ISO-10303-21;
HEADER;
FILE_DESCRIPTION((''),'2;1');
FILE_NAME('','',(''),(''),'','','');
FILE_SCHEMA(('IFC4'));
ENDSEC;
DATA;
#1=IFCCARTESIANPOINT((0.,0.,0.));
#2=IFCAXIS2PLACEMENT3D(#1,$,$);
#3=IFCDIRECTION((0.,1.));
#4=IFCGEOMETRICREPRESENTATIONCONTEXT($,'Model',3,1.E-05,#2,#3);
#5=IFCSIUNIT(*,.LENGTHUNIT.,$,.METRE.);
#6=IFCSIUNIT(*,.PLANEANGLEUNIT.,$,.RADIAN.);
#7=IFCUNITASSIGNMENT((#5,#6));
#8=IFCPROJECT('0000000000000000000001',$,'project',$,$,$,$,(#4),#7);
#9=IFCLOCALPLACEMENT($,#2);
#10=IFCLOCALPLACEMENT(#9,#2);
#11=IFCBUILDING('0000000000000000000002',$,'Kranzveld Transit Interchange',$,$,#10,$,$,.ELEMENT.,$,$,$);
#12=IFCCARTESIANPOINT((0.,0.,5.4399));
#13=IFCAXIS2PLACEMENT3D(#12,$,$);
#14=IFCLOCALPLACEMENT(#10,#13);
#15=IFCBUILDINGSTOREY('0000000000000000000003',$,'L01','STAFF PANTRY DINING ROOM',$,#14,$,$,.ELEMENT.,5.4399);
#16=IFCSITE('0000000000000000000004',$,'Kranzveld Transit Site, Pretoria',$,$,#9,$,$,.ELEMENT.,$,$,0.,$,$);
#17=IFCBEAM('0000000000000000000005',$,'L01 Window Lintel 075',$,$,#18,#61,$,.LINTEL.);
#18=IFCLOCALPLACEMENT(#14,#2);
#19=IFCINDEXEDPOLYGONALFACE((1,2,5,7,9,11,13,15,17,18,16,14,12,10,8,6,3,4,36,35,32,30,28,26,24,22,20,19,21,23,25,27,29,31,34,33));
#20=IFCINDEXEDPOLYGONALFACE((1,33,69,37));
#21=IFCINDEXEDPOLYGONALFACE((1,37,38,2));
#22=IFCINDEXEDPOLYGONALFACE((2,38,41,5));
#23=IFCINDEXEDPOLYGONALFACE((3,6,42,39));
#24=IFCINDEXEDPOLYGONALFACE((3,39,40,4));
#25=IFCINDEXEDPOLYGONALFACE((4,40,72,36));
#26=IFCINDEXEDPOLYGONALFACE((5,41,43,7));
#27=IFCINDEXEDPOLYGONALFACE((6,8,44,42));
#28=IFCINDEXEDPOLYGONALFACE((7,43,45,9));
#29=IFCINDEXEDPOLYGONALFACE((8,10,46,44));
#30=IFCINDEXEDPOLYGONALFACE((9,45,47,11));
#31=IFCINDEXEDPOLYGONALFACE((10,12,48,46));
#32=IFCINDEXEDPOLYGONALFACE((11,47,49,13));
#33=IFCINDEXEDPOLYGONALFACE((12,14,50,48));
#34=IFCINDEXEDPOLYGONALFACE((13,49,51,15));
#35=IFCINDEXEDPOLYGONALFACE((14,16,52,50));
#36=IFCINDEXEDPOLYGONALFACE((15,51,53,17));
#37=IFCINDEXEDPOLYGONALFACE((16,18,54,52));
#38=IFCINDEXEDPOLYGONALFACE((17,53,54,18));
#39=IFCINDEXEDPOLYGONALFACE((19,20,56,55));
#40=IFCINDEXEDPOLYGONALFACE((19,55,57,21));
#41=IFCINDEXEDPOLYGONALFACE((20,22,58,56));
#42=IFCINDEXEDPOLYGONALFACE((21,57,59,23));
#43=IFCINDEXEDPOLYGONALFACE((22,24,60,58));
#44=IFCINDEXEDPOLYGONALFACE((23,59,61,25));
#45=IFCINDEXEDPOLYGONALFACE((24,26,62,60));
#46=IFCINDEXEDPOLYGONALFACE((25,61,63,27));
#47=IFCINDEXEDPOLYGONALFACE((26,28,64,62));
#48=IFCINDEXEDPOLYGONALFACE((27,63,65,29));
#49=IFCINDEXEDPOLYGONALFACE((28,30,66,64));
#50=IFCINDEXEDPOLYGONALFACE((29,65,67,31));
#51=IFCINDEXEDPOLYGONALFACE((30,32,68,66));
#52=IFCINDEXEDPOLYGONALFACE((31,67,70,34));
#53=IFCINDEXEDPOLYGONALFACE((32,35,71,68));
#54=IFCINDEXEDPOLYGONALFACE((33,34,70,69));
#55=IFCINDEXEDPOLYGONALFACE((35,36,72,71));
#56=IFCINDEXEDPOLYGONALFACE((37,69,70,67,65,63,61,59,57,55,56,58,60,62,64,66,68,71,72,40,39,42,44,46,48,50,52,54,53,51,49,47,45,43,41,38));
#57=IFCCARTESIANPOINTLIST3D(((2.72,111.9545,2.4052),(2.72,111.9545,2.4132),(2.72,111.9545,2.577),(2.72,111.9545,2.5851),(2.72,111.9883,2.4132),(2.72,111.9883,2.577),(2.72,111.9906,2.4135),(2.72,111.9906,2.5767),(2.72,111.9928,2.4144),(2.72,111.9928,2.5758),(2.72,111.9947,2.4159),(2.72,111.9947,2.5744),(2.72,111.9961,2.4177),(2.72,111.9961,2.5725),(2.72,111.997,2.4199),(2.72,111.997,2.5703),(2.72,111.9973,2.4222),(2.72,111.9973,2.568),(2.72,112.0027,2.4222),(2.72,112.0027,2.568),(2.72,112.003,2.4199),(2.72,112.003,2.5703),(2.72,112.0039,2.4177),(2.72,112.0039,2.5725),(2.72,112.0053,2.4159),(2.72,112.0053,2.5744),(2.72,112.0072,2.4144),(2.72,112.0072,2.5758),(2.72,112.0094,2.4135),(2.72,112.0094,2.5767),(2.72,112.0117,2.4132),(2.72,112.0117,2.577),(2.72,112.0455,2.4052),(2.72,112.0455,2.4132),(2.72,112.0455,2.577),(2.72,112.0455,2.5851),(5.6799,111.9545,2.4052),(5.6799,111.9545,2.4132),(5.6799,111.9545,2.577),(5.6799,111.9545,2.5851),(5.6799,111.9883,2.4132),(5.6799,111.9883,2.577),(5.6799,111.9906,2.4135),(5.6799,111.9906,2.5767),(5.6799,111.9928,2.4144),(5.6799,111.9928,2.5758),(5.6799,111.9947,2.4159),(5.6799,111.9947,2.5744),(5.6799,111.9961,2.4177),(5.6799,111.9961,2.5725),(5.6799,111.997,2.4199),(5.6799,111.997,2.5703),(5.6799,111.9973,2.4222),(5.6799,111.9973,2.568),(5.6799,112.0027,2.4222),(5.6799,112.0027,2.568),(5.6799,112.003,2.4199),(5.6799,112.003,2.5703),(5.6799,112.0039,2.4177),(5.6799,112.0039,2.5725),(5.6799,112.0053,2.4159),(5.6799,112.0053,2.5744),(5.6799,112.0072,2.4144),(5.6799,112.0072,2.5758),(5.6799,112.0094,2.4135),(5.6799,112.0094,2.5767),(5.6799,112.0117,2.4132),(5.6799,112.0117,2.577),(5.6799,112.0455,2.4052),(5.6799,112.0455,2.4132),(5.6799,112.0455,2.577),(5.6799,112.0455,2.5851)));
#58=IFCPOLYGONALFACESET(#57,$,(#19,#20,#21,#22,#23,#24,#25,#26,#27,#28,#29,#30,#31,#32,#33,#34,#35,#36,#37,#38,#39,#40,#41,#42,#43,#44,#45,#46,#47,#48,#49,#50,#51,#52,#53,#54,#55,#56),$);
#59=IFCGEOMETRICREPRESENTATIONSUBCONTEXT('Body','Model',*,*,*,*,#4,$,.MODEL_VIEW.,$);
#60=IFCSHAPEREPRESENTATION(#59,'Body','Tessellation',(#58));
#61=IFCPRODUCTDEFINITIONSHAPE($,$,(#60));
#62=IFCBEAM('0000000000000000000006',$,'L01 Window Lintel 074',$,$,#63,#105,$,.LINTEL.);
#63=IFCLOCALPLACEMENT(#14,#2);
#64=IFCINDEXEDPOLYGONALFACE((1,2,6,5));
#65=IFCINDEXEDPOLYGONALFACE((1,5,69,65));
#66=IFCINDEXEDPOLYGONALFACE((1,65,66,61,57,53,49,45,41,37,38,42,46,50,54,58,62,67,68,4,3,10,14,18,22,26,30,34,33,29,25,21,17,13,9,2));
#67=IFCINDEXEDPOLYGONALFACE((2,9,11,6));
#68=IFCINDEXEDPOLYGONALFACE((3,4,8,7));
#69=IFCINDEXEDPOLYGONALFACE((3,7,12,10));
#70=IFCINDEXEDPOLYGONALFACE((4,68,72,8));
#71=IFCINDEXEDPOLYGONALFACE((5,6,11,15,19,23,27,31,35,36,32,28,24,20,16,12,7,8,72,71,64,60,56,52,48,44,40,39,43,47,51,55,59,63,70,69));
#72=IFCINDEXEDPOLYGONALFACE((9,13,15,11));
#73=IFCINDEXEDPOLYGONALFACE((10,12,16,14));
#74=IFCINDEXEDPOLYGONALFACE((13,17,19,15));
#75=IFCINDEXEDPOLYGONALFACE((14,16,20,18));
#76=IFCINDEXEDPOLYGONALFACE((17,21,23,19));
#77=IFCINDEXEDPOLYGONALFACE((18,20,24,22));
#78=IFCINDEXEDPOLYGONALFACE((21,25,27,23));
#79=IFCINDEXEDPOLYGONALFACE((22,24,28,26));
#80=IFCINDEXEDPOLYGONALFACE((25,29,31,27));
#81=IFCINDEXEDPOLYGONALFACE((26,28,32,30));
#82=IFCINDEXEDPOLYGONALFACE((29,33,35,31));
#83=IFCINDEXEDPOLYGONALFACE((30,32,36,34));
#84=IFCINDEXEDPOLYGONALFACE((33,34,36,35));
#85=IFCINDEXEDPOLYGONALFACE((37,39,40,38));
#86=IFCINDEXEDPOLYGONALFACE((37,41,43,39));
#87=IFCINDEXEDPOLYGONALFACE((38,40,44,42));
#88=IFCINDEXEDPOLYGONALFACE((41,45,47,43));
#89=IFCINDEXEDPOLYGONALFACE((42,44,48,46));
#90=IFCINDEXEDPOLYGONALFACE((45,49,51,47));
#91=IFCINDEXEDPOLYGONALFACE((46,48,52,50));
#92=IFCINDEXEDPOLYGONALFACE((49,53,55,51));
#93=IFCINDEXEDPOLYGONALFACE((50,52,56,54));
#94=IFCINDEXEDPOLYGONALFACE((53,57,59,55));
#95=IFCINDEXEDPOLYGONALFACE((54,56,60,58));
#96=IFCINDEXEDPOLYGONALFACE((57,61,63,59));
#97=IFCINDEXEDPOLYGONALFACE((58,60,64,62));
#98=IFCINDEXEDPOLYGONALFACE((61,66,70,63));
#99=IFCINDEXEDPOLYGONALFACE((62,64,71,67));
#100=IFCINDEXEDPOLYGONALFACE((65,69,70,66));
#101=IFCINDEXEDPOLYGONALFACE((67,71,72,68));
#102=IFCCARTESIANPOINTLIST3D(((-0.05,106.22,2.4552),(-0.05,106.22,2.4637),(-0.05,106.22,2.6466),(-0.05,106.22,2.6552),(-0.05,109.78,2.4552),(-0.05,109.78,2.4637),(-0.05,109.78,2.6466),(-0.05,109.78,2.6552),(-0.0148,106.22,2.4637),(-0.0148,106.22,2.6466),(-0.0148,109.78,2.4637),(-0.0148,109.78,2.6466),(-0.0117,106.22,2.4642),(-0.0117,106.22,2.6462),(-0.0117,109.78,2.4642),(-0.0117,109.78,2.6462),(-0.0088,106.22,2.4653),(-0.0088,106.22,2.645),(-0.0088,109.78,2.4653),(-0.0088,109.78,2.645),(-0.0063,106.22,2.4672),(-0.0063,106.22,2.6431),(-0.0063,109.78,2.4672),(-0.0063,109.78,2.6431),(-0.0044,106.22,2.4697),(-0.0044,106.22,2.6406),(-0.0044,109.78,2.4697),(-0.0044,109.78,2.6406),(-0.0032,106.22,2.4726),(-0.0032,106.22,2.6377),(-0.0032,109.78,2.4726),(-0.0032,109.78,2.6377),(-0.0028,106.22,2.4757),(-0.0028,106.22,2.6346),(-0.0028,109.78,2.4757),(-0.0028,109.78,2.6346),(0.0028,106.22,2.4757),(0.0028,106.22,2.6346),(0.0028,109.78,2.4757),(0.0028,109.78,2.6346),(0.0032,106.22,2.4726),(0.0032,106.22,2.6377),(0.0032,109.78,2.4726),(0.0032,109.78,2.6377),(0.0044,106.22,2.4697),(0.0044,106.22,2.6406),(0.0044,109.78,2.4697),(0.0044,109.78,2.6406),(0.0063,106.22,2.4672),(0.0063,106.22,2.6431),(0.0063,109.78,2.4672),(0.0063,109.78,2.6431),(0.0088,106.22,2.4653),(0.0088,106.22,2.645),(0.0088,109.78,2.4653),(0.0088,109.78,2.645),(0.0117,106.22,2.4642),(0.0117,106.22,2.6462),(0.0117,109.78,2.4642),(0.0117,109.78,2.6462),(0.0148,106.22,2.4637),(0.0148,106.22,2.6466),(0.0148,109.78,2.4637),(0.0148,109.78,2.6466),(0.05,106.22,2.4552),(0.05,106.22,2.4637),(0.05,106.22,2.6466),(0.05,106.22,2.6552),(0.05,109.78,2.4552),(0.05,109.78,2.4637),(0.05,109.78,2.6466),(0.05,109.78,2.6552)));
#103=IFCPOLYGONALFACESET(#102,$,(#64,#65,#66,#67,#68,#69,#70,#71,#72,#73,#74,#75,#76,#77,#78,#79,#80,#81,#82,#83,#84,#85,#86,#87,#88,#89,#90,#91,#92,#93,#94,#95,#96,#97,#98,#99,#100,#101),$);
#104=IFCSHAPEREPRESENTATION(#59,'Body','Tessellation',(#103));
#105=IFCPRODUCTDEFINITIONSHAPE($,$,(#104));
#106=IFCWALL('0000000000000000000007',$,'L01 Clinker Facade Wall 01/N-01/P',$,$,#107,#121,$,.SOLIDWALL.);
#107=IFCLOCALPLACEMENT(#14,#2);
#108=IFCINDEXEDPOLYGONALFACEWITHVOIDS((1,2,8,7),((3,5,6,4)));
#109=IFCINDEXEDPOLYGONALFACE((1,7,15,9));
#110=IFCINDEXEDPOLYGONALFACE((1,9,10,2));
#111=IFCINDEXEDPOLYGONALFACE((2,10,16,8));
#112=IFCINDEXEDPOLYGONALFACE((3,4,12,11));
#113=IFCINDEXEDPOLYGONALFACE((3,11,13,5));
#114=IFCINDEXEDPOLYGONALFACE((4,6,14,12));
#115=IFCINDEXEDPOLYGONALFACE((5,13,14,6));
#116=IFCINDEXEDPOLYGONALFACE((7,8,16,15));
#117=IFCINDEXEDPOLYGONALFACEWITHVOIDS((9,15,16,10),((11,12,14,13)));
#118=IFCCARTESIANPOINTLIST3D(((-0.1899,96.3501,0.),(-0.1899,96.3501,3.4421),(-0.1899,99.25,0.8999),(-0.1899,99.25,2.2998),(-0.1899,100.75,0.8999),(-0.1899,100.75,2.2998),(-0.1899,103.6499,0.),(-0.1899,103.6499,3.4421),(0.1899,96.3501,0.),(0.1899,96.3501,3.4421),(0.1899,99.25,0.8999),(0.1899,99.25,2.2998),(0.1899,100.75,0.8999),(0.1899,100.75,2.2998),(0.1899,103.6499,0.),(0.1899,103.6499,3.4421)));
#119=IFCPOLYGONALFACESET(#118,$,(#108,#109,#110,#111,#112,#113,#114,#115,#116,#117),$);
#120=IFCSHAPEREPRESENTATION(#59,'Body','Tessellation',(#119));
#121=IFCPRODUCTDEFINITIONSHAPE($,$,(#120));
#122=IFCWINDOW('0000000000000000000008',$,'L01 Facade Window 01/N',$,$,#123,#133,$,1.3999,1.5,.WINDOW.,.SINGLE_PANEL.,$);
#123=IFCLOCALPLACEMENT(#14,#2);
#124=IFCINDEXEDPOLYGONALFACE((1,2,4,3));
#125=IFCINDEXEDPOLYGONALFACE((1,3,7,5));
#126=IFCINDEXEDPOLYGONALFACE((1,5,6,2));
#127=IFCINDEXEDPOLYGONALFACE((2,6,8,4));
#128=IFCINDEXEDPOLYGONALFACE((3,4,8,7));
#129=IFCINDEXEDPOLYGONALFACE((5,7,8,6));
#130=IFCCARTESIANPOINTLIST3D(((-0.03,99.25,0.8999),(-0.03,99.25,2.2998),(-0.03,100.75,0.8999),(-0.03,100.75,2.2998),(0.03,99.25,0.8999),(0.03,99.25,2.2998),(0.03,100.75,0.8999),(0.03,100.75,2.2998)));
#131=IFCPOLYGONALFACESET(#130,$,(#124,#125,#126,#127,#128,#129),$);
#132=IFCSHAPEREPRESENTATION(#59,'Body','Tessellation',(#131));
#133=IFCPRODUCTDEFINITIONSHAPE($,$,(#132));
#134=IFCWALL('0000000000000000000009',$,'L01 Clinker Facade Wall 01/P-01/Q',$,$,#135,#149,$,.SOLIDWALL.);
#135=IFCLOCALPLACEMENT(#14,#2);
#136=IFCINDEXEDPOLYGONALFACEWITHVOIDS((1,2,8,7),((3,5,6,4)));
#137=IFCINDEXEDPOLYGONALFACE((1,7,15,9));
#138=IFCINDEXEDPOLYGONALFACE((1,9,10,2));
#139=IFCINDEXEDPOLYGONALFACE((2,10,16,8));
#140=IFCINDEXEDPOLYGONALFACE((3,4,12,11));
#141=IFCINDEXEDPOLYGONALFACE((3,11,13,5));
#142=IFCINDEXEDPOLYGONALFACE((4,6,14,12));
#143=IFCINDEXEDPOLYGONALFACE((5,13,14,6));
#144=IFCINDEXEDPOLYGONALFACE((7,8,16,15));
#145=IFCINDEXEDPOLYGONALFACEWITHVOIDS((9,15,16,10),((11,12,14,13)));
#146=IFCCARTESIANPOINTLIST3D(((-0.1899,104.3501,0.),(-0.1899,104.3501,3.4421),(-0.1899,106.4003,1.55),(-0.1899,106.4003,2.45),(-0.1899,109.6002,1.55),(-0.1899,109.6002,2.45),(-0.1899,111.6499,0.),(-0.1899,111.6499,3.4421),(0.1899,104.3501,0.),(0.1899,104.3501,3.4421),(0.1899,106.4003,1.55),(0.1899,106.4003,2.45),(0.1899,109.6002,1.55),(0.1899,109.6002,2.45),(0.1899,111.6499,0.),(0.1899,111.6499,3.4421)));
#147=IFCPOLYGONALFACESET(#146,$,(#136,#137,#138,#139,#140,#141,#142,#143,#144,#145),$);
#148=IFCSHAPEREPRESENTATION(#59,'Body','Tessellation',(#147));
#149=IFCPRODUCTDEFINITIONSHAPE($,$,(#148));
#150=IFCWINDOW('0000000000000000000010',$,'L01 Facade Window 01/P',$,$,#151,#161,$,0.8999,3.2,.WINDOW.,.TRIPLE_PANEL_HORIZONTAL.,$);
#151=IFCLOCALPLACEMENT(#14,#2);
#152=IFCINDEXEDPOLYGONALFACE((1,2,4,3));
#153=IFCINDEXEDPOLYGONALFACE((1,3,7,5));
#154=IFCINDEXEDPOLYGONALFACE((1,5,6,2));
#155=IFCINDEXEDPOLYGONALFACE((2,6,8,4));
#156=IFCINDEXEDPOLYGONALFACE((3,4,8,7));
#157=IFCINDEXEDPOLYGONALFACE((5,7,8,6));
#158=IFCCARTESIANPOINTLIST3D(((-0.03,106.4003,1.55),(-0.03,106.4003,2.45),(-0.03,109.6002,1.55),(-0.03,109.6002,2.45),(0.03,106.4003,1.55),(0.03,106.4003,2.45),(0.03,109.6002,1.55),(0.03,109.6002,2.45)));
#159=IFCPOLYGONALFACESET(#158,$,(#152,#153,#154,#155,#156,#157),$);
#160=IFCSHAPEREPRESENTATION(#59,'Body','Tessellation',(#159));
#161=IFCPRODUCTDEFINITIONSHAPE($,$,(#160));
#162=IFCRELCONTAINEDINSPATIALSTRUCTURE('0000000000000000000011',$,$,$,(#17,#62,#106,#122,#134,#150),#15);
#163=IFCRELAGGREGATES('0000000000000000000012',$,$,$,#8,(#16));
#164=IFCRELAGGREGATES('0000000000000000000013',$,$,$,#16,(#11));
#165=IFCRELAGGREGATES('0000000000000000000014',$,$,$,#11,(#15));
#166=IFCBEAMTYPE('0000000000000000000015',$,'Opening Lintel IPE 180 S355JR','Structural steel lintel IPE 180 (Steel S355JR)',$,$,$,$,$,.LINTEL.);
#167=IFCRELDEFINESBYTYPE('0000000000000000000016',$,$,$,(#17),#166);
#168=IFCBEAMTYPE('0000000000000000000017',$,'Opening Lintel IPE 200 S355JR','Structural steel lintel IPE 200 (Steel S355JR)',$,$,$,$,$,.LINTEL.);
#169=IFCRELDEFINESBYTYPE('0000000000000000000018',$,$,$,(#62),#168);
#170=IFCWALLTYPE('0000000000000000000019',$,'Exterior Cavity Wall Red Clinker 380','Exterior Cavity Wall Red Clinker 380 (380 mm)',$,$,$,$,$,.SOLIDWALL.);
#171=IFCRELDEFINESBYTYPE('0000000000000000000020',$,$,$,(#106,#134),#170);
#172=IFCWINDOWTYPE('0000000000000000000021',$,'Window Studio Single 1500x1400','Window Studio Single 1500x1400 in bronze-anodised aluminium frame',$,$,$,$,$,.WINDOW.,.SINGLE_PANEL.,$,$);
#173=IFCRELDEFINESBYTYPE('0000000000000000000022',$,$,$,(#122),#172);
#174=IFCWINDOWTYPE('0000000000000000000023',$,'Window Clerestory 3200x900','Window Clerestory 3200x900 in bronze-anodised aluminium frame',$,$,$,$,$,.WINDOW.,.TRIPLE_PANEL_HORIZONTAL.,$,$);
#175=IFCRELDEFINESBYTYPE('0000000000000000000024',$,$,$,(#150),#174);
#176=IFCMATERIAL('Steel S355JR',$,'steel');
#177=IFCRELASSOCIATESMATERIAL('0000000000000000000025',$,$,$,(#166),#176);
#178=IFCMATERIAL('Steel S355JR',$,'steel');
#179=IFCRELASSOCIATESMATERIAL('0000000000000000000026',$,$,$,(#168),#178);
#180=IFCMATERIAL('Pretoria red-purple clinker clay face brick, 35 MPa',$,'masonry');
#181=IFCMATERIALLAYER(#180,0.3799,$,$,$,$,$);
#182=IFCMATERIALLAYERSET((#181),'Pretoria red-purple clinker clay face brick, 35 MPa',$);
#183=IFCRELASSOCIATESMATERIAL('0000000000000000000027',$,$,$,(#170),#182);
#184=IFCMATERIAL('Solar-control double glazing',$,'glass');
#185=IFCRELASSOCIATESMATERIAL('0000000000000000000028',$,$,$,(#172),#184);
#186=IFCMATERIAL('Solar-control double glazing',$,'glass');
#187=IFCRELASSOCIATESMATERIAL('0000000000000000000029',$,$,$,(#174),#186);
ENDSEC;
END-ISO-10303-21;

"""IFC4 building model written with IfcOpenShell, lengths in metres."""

from ifc_helpers import new_model, si_unit, direction, frame, frame_2d, origin, origin_2d, place, context, subcontext, project, spatial, rectangle, i_section, extrude, material, layer, layer_set, material_profile, profile_set, type_object, element, fill, save


model = new_model("IFC4")

# Units and contexts
model_context = context("Model", 3, precision=1e-05, world=origin(), true_north=direction((0.0, 1.0)))
body_context = subcontext(model_context, "Body", "Model", "MODEL_VIEW")
ifc_project = project(units=[si_unit("LENGTHUNIT", "METRE"), si_unit("PLANEANGLEUNIT", "RADIAN")], contexts=[model_context])

# Site, building, storey
site_placement = place(None, origin())
site = spatial("IfcSite", under=ifc_project, at=site_placement, Name="Kranzveld Transit Site, Pretoria", CompositionType="ELEMENT", RefElevation=0.0)
building_placement = place(site_placement, origin())
building = spatial("IfcBuilding", under=site, at=building_placement, Name="Kranzveld Transit Interchange", CompositionType="ELEMENT")
storey_placement = place(building_placement, frame((0.0, 0.0, 5.4399)))
storey = spatial("IfcBuildingStorey", under=building, at=storey_placement, Name="L01", Description="STAFF PANTRY DINING ROOM", CompositionType="ELEMENT", Elevation=5.4399)

# Beams
ifc_material_1 = material(Name="Steel S355JR", Category="steel")
ifc_material_profile_1 = material_profile(ifc_material_1, i_section(OverallWidth=0.0911, OverallDepth=0.1799, WebThickness=0.0054, FlangeThickness=0.0081, FilletRadius=0.009, at=origin_2d()), Name="IPE 180")
ifc_profile_set_1 = profile_set([ifc_material_profile_1], Name="Steel S355JR")
beam_type_1 = type_object("IfcBeamType", Name="Opening Lintel IPE 180 S355JR", Description="Structural steel lintel IPE 180 (Steel S355JR)", PredefinedType="LINTEL", material=ifc_profile_set_1)
beam_1_placement = place(storey_placement, frame((2.72, 112.0, 2.4951), z_axis=(1.0, 0.0, 0.0), x_axis=(0.0, 1.0, 0.0)))
element("IfcBeam", 1, at=beam_1_placement, inside=storey, type_object=beam_type_1, Name="L01 Window Lintel 075", PredefinedType="LINTEL", context=body_context, shape_type="SweptSolid", body=[
    extrude(i_section(OverallWidth=0.0911, OverallDepth=0.1799, WebThickness=0.0054, FlangeThickness=0.0081, FilletRadius=0.009, at=origin_2d()), origin(), (0.0, 0.0, 1.0), 2.96),
])
ifc_material_2 = material(Name="Steel S355JR", Category="steel")
ifc_material_profile_2 = material_profile(ifc_material_2, i_section(OverallWidth=0.1001, OverallDepth=0.2, WebThickness=0.0056, FlangeThickness=0.0085, FilletRadius=0.012, at=origin_2d()), Name="IPE 200")
ifc_profile_set_2 = profile_set([ifc_material_profile_2], Name="Steel S355JR")
beam_type_2 = type_object("IfcBeamType", Name="Opening Lintel IPE 200 S355JR", Description="Structural steel lintel IPE 200 (Steel S355JR)", PredefinedType="LINTEL", material=ifc_profile_set_2)
beam_2_placement = place(storey_placement, frame((0.0, 106.22, 2.5552), z_axis=(0.0, 1.0, 0.0), x_axis=(-1.0, 0.0, 0.0)))
element("IfcBeam", 2, at=beam_2_placement, inside=storey, type_object=beam_type_2, Name="L01 Window Lintel 074", PredefinedType="LINTEL", context=body_context, shape_type="SweptSolid", body=[
    extrude(i_section(OverallWidth=0.1001, OverallDepth=0.2, WebThickness=0.0056, FlangeThickness=0.0085, FilletRadius=0.012, at=origin_2d()), origin(), (0.0, 0.0, 1.0), 3.5601),
])

# Walls, openings, windows
ifc_material_3 = material(Name="Pretoria red-purple clinker clay face brick, 35 MPa", Category="masonry")
ifc_layer_1 = layer(ifc_material_3, 0.3799)
ifc_layer_set_1 = layer_set([ifc_layer_1], Name="Pretoria red-purple clinker clay face brick, 35 MPa")
wall_type_1 = type_object("IfcWallType", Name="Exterior Cavity Wall Red Clinker 380", Description="Exterior Cavity Wall Red Clinker 380 (380 mm)", PredefinedType="SOLIDWALL", material=ifc_layer_set_1)
wall_1_placement = place(storey_placement, frame((0.0, 96.3501, 0.0), z_axis=(0.0, 0.0, 1.0), x_axis=(0.0, 1.0, 0.0)))
wall_1 = element("IfcWall", 3, at=wall_1_placement, inside=storey, type_object=wall_type_1, Name="L01 Clinker Facade Wall 01/N-01/P", PredefinedType="SOLIDWALL", context=body_context, shape_type="SweptSolid", body=[
    extrude(rectangle(XDim=7.2998, YDim=0.3799, at=frame_2d((3.6499, 0.0))), origin(), (0.0, 0.0, 1.0), 3.4421),
])
opening_1_placement = place(wall_1_placement, frame((2.8999, 0.0, 0.8999), z_axis=(0.0, 0.0, 1.0), x_axis=(1.0, 0.0, 0.0)))
opening_1 = element("IfcOpeningElement", 4, at=opening_1_placement, cuts=wall_1, PredefinedType="OPENING", context=body_context, shape_type="SweptSolid", body=[
    extrude(rectangle(XDim=1.5, YDim=1.3999, at=frame_2d((0.75, 0.7))), frame((0.0, 0.2, 0.0), z_axis=(0.0, -1.0, 0.0), x_axis=(1.0, 0.0, 0.0)), (0.0, 0.0, 1.0), 0.3999),
])
ifc_material_4 = material(Name="Solar-control double glazing", Category="glass")
window_type_1 = type_object("IfcWindowType", Name="Window Studio Single 1500x1400", Description="Window Studio Single 1500x1400 in bronze-anodised aluminium frame", PartitioningType="SINGLE_PANEL", PredefinedType="WINDOW", material=ifc_material_4)
window_1_placement = place(opening_1_placement, origin())
window_1 = element("IfcWindow", 5, at=window_1_placement, inside=storey, type_object=window_type_1, Name="L01 Facade Window 01/N", OverallHeight=1.3999, OverallWidth=1.5, PartitioningType="SINGLE_PANEL", PredefinedType="WINDOW", context=body_context, shape_type="SweptSolid", body=[
    extrude(rectangle(XDim=1.5, YDim=1.3999, at=frame_2d((0.75, 0.7))), frame((0.0, 0.03, 0.0), z_axis=(0.0, -1.0, 0.0), x_axis=(1.0, 0.0, 0.0)), (0.0, 0.0, 1.0), 0.0601),
])
fill(opening_1, window_1)
wall_2_placement = place(storey_placement, frame((0.0, 104.3501, 0.0), z_axis=(0.0, 0.0, 1.0), x_axis=(0.0, 1.0, 0.0)))
wall_2 = element("IfcWall", 6, at=wall_2_placement, inside=storey, type_object=wall_type_1, Name="L01 Clinker Facade Wall 01/P-01/Q", PredefinedType="SOLIDWALL", context=body_context, shape_type="SweptSolid", body=[
    extrude(rectangle(XDim=7.2998, YDim=0.3799, at=frame_2d((3.6499, 0.0))), origin(), (0.0, 0.0, 1.0), 3.4421),
])
opening_2_placement = place(wall_2_placement, frame((2.05, 0.0, 1.55), z_axis=(0.0, 0.0, 1.0), x_axis=(1.0, 0.0, 0.0)))
opening_2 = element("IfcOpeningElement", 7, at=opening_2_placement, cuts=wall_2, PredefinedType="OPENING", context=body_context, shape_type="SweptSolid", body=[
    extrude(rectangle(XDim=3.2, YDim=0.8999, at=frame_2d((1.6001, 0.45))), frame((0.0, 0.2, 0.0), z_axis=(0.0, -1.0, 0.0), x_axis=(1.0, 0.0, 0.0)), (0.0, 0.0, 1.0), 0.3999),
])
ifc_material_5 = material(Name="Solar-control double glazing", Category="glass")
window_type_2 = type_object("IfcWindowType", Name="Window Clerestory 3200x900", Description="Window Clerestory 3200x900 in bronze-anodised aluminium frame", PartitioningType="TRIPLE_PANEL_HORIZONTAL", PredefinedType="WINDOW", material=ifc_material_5)
window_2_placement = place(opening_2_placement, origin())
window_2 = element("IfcWindow", 8, at=window_2_placement, inside=storey, type_object=window_type_2, Name="L01 Facade Window 01/P", OverallHeight=0.8999, OverallWidth=3.2, PartitioningType="TRIPLE_PANEL_HORIZONTAL", PredefinedType="WINDOW", context=body_context, shape_type="SweptSolid", body=[
    extrude(rectangle(XDim=3.2, YDim=0.8999, at=frame_2d((1.6001, 0.45))), frame((0.0, 0.03, 0.0), z_axis=(0.0, -1.0, 0.0), x_axis=(1.0, 0.0, 0.0)), (0.0, 0.0, 1.0), 0.0601),
])
fill(opening_2, window_2)

save(model, "model.ifc")
